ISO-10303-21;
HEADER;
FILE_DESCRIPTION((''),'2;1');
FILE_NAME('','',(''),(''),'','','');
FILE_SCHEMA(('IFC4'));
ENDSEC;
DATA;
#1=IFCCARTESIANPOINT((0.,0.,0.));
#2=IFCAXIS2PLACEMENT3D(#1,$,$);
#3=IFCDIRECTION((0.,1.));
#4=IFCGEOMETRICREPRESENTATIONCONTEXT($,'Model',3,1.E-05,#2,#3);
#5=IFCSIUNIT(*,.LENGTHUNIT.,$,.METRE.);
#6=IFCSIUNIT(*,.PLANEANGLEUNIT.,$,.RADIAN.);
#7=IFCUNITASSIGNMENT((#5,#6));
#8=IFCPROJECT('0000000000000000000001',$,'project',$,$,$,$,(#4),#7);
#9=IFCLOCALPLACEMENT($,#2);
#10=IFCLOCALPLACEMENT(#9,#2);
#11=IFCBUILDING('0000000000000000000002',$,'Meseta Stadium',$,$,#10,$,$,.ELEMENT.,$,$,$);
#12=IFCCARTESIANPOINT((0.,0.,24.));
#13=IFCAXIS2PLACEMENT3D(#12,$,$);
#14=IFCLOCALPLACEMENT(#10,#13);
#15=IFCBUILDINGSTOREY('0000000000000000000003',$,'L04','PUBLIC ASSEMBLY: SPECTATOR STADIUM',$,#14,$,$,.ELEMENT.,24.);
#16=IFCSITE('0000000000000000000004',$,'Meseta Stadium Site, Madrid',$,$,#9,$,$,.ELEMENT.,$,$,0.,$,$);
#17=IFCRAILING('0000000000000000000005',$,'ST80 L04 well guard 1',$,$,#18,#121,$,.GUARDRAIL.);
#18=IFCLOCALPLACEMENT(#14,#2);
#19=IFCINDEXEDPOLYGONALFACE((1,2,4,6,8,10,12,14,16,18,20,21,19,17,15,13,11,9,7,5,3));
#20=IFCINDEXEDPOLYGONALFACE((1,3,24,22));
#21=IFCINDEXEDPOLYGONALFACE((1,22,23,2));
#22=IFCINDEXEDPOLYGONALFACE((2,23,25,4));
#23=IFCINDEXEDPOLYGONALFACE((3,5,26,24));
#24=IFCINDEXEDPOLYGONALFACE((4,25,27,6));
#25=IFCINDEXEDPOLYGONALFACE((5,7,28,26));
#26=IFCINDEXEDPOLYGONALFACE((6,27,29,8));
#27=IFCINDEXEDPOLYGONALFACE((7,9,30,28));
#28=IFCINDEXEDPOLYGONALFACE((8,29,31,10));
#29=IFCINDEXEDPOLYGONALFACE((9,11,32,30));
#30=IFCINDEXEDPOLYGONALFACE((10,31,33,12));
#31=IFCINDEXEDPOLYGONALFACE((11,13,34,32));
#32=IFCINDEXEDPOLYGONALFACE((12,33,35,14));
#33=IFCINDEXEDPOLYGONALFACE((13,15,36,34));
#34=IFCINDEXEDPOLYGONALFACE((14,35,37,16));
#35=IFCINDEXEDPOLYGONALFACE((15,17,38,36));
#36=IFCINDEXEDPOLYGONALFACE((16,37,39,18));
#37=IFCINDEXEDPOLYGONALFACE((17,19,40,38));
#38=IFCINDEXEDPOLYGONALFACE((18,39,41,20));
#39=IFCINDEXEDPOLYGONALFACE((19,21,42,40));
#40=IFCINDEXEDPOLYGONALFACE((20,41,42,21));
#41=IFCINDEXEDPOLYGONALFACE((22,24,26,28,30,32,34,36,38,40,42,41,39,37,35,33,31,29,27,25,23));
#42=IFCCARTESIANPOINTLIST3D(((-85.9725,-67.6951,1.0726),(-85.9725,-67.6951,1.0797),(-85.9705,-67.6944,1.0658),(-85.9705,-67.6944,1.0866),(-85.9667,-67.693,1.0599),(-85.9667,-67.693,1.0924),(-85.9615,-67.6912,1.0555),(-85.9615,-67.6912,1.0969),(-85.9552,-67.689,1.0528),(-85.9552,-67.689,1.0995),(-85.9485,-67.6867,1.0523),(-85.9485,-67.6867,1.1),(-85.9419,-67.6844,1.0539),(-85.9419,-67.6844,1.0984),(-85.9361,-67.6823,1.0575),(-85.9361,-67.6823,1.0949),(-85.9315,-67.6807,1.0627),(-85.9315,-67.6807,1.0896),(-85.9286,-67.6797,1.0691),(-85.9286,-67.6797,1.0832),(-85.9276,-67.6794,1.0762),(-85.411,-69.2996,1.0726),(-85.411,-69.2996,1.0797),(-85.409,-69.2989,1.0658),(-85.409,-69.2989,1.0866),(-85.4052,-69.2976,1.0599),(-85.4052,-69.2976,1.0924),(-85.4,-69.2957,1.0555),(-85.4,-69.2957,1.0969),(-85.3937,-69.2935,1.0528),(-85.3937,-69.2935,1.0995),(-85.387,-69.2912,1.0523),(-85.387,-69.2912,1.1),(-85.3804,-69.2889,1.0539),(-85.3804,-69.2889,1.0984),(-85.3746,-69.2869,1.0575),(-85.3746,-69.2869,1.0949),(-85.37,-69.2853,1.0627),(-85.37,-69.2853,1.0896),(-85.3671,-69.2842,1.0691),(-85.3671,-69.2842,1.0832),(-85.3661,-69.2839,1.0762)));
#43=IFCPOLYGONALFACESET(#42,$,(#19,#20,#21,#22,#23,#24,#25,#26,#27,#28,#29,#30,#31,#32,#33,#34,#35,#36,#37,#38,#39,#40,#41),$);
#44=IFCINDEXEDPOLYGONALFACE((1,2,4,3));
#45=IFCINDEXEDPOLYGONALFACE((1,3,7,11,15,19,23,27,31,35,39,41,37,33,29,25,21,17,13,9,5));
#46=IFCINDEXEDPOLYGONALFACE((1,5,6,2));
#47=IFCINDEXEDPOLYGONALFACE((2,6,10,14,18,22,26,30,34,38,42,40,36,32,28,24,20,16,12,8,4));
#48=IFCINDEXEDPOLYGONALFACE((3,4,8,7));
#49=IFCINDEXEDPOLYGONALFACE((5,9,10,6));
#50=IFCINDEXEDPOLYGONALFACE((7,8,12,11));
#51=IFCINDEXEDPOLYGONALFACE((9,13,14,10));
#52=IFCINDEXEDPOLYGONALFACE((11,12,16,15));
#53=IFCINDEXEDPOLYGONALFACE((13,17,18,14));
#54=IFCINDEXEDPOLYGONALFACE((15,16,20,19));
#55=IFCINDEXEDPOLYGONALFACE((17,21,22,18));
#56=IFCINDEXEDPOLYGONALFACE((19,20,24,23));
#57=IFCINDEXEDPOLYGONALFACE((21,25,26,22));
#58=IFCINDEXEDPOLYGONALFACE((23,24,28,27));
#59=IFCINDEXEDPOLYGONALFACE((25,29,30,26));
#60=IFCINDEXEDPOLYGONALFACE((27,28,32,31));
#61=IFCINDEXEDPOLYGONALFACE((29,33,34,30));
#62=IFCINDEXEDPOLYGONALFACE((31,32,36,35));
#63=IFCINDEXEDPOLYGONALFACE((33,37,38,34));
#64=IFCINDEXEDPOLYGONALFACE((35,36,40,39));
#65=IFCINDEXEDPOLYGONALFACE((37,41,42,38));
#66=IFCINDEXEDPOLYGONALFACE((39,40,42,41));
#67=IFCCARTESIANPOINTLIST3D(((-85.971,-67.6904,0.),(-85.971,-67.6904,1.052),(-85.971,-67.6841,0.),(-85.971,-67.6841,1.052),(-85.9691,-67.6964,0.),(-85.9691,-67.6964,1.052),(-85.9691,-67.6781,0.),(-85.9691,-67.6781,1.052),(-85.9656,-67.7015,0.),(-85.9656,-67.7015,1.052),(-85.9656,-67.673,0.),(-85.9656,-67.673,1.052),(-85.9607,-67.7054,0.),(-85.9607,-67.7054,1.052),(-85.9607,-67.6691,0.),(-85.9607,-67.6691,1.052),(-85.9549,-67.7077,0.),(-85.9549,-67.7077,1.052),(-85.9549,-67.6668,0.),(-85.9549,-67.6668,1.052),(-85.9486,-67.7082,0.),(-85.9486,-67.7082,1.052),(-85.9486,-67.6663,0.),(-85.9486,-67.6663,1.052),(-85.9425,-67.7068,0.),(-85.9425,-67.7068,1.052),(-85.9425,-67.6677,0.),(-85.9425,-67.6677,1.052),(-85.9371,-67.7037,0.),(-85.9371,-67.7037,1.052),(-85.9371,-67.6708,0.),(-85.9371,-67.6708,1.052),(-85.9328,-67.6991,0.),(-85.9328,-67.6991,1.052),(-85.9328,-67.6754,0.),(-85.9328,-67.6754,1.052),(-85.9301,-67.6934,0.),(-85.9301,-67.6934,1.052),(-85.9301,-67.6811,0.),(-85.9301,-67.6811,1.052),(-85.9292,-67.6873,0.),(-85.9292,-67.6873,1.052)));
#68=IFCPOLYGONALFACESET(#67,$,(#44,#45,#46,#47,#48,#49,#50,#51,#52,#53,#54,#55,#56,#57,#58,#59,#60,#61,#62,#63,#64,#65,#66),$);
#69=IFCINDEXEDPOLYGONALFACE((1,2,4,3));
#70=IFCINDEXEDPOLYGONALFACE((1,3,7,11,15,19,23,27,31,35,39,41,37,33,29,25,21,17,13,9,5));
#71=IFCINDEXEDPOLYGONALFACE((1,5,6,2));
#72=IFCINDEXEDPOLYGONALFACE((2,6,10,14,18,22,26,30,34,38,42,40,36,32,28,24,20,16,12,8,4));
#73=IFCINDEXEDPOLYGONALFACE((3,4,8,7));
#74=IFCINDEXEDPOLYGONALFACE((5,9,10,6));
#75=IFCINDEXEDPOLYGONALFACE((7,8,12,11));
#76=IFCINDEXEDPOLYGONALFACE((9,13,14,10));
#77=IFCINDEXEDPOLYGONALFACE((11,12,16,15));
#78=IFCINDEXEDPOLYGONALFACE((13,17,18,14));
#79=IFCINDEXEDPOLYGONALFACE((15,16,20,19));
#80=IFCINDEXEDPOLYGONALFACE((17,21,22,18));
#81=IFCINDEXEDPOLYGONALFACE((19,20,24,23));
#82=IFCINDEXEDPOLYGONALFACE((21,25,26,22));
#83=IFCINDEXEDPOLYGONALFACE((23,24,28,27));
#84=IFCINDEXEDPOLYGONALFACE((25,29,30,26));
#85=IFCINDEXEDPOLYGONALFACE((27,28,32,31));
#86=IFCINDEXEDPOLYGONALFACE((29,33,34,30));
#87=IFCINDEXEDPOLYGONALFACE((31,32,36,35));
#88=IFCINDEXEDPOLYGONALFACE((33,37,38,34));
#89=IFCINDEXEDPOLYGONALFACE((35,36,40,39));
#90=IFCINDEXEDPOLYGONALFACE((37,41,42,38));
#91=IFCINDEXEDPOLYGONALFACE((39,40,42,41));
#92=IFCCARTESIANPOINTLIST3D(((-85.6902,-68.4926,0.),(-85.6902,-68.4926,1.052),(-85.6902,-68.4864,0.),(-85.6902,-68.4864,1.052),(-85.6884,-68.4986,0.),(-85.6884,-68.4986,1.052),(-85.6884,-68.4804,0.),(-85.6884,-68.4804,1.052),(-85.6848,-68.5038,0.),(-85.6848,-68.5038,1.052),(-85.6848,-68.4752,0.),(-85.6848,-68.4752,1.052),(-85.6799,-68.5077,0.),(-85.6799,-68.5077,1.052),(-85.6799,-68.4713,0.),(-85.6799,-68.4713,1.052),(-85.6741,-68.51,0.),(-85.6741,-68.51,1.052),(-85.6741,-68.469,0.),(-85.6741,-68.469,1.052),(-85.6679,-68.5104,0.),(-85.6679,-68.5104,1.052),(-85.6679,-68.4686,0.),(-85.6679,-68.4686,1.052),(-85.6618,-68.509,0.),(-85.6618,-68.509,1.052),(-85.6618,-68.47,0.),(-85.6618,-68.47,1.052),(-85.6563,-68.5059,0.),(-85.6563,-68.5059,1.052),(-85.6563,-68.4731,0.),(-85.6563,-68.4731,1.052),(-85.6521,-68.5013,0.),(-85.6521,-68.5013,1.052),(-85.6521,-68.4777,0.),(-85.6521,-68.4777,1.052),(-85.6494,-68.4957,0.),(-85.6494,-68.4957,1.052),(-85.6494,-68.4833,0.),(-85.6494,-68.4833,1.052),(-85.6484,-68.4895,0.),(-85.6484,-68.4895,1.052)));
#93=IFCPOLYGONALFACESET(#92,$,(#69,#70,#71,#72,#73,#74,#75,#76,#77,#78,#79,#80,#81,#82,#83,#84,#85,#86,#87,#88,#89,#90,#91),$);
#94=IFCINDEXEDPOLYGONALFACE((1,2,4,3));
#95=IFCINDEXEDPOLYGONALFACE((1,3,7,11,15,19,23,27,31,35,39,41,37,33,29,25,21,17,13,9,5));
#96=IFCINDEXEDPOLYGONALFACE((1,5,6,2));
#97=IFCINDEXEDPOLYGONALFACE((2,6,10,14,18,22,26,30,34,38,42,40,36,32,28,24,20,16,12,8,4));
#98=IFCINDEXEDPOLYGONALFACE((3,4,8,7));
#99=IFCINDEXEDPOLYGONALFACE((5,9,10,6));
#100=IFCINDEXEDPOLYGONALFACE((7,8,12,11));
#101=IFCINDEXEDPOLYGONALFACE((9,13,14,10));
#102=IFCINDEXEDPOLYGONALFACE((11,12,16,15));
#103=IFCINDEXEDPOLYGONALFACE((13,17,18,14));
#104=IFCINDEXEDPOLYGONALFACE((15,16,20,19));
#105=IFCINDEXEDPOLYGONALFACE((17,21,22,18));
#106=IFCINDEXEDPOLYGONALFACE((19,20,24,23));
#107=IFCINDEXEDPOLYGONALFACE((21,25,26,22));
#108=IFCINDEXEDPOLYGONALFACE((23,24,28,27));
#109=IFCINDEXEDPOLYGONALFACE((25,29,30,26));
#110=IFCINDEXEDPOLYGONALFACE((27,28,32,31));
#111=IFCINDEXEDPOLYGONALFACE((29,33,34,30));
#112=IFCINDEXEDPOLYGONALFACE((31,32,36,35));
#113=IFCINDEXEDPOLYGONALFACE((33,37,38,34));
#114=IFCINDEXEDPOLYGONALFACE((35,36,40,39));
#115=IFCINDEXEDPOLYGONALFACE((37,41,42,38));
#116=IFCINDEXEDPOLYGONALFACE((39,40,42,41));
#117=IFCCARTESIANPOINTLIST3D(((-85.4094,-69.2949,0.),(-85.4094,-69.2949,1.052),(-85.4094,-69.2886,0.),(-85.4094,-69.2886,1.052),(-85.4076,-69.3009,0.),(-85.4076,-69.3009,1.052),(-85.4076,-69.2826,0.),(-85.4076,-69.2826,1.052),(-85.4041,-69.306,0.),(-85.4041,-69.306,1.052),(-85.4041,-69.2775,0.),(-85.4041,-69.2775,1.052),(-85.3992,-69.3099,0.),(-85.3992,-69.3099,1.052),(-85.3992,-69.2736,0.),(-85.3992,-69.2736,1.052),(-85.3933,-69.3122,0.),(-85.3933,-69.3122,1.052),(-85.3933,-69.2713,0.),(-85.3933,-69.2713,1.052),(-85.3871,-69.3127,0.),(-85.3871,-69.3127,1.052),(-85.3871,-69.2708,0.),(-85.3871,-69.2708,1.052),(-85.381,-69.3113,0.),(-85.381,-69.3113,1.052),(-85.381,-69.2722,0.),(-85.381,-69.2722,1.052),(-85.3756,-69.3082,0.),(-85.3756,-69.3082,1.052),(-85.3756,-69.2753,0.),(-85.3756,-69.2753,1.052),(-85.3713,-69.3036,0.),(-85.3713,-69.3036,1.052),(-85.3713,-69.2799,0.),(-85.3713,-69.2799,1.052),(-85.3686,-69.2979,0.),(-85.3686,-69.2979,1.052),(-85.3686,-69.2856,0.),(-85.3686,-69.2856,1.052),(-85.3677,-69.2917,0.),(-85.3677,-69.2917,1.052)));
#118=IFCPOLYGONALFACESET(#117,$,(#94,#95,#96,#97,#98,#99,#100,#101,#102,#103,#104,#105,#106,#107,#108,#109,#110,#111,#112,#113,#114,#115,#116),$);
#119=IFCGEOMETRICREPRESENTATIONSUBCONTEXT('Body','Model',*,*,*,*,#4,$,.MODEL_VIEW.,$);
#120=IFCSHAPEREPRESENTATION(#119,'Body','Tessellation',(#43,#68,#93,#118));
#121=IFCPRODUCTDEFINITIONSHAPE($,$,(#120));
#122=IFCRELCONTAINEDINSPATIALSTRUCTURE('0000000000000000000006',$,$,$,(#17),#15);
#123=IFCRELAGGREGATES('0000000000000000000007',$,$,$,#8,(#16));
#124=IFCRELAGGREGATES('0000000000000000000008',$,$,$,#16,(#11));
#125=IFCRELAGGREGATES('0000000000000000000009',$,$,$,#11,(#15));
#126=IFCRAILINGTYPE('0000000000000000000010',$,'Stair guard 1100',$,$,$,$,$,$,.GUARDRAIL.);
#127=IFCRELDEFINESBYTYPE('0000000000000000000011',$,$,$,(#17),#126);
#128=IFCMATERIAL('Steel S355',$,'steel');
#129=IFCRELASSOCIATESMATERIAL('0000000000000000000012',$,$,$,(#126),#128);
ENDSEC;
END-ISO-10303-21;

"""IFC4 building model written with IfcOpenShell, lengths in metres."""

from ifc_helpers import new_model, si_unit, direction, frame, origin, origin_2d, place, context, subcontext, project, spatial, circle, extrude, material, type_object, element, save


model = new_model("IFC4")

# Units and contexts
model_context = context("Model", 3, precision=1e-05, world=origin(), true_north=direction((0.0, 1.0)))
body_context = subcontext(model_context, "Body", "Model", "MODEL_VIEW")
ifc_project = project(units=[si_unit("LENGTHUNIT", "METRE"), si_unit("PLANEANGLEUNIT", "RADIAN")], contexts=[model_context])

# Site, building, storey
site_placement = place(None, origin())
site = spatial("IfcSite", under=ifc_project, at=site_placement, Name="Meseta Stadium Site, Madrid", CompositionType="ELEMENT", RefElevation=0.0)
building_placement = place(site_placement, origin())
building = spatial("IfcBuilding", under=site, at=building_placement, Name="Meseta Stadium", CompositionType="ELEMENT")
storey_placement = place(building_placement, frame((0.0, 0.0, 24.0)))
storey = spatial("IfcBuildingStorey", under=building, at=storey_placement, Name="L04", Description="PUBLIC ASSEMBLY: SPECTATOR STADIUM", CompositionType="ELEMENT", Elevation=24.0)

# Railing
ifc_material_1 = material(Name="Steel S355", Category="steel")
railing_type = type_object("IfcRailingType", Name="Stair guard 1100", PredefinedType="GUARDRAIL", material=ifc_material_1)
railing_1_placement = place(storey_placement, frame((-85.9502, -67.6873, 0.0)))
element("IfcRailing", 1, at=railing_1_placement, inside=storey, type_object=railing_type, Name="ST80 L04 well guard 1", PredefinedType="GUARDRAIL", context=body_context, shape_type="SweptSolid", body=[
    extrude(circle(Radius=0.0239, at=origin_2d()), frame((0.0, 0.0, 1.0762), z_axis=(0.330325, -0.943867, 0.0), x_axis=(0.943867, 0.330325, 0.0)), (0.0, 0.0, 1.0), 1.7),
    extrude(circle(Radius=0.021, at=origin_2d()), origin(), (0.0, 0.0, 1.0), 1.052),
    extrude(circle(Radius=0.021, at=origin_2d()), frame((0.2808, -0.8022, 0.0)), (0.0, 0.0, 1.0), 1.052),
    extrude(circle(Radius=0.021, at=origin_2d()), frame((0.5615, -1.6045, 0.0)), (0.0, 0.0, 1.0), 1.052),
])

save(model, "model.ifc")
